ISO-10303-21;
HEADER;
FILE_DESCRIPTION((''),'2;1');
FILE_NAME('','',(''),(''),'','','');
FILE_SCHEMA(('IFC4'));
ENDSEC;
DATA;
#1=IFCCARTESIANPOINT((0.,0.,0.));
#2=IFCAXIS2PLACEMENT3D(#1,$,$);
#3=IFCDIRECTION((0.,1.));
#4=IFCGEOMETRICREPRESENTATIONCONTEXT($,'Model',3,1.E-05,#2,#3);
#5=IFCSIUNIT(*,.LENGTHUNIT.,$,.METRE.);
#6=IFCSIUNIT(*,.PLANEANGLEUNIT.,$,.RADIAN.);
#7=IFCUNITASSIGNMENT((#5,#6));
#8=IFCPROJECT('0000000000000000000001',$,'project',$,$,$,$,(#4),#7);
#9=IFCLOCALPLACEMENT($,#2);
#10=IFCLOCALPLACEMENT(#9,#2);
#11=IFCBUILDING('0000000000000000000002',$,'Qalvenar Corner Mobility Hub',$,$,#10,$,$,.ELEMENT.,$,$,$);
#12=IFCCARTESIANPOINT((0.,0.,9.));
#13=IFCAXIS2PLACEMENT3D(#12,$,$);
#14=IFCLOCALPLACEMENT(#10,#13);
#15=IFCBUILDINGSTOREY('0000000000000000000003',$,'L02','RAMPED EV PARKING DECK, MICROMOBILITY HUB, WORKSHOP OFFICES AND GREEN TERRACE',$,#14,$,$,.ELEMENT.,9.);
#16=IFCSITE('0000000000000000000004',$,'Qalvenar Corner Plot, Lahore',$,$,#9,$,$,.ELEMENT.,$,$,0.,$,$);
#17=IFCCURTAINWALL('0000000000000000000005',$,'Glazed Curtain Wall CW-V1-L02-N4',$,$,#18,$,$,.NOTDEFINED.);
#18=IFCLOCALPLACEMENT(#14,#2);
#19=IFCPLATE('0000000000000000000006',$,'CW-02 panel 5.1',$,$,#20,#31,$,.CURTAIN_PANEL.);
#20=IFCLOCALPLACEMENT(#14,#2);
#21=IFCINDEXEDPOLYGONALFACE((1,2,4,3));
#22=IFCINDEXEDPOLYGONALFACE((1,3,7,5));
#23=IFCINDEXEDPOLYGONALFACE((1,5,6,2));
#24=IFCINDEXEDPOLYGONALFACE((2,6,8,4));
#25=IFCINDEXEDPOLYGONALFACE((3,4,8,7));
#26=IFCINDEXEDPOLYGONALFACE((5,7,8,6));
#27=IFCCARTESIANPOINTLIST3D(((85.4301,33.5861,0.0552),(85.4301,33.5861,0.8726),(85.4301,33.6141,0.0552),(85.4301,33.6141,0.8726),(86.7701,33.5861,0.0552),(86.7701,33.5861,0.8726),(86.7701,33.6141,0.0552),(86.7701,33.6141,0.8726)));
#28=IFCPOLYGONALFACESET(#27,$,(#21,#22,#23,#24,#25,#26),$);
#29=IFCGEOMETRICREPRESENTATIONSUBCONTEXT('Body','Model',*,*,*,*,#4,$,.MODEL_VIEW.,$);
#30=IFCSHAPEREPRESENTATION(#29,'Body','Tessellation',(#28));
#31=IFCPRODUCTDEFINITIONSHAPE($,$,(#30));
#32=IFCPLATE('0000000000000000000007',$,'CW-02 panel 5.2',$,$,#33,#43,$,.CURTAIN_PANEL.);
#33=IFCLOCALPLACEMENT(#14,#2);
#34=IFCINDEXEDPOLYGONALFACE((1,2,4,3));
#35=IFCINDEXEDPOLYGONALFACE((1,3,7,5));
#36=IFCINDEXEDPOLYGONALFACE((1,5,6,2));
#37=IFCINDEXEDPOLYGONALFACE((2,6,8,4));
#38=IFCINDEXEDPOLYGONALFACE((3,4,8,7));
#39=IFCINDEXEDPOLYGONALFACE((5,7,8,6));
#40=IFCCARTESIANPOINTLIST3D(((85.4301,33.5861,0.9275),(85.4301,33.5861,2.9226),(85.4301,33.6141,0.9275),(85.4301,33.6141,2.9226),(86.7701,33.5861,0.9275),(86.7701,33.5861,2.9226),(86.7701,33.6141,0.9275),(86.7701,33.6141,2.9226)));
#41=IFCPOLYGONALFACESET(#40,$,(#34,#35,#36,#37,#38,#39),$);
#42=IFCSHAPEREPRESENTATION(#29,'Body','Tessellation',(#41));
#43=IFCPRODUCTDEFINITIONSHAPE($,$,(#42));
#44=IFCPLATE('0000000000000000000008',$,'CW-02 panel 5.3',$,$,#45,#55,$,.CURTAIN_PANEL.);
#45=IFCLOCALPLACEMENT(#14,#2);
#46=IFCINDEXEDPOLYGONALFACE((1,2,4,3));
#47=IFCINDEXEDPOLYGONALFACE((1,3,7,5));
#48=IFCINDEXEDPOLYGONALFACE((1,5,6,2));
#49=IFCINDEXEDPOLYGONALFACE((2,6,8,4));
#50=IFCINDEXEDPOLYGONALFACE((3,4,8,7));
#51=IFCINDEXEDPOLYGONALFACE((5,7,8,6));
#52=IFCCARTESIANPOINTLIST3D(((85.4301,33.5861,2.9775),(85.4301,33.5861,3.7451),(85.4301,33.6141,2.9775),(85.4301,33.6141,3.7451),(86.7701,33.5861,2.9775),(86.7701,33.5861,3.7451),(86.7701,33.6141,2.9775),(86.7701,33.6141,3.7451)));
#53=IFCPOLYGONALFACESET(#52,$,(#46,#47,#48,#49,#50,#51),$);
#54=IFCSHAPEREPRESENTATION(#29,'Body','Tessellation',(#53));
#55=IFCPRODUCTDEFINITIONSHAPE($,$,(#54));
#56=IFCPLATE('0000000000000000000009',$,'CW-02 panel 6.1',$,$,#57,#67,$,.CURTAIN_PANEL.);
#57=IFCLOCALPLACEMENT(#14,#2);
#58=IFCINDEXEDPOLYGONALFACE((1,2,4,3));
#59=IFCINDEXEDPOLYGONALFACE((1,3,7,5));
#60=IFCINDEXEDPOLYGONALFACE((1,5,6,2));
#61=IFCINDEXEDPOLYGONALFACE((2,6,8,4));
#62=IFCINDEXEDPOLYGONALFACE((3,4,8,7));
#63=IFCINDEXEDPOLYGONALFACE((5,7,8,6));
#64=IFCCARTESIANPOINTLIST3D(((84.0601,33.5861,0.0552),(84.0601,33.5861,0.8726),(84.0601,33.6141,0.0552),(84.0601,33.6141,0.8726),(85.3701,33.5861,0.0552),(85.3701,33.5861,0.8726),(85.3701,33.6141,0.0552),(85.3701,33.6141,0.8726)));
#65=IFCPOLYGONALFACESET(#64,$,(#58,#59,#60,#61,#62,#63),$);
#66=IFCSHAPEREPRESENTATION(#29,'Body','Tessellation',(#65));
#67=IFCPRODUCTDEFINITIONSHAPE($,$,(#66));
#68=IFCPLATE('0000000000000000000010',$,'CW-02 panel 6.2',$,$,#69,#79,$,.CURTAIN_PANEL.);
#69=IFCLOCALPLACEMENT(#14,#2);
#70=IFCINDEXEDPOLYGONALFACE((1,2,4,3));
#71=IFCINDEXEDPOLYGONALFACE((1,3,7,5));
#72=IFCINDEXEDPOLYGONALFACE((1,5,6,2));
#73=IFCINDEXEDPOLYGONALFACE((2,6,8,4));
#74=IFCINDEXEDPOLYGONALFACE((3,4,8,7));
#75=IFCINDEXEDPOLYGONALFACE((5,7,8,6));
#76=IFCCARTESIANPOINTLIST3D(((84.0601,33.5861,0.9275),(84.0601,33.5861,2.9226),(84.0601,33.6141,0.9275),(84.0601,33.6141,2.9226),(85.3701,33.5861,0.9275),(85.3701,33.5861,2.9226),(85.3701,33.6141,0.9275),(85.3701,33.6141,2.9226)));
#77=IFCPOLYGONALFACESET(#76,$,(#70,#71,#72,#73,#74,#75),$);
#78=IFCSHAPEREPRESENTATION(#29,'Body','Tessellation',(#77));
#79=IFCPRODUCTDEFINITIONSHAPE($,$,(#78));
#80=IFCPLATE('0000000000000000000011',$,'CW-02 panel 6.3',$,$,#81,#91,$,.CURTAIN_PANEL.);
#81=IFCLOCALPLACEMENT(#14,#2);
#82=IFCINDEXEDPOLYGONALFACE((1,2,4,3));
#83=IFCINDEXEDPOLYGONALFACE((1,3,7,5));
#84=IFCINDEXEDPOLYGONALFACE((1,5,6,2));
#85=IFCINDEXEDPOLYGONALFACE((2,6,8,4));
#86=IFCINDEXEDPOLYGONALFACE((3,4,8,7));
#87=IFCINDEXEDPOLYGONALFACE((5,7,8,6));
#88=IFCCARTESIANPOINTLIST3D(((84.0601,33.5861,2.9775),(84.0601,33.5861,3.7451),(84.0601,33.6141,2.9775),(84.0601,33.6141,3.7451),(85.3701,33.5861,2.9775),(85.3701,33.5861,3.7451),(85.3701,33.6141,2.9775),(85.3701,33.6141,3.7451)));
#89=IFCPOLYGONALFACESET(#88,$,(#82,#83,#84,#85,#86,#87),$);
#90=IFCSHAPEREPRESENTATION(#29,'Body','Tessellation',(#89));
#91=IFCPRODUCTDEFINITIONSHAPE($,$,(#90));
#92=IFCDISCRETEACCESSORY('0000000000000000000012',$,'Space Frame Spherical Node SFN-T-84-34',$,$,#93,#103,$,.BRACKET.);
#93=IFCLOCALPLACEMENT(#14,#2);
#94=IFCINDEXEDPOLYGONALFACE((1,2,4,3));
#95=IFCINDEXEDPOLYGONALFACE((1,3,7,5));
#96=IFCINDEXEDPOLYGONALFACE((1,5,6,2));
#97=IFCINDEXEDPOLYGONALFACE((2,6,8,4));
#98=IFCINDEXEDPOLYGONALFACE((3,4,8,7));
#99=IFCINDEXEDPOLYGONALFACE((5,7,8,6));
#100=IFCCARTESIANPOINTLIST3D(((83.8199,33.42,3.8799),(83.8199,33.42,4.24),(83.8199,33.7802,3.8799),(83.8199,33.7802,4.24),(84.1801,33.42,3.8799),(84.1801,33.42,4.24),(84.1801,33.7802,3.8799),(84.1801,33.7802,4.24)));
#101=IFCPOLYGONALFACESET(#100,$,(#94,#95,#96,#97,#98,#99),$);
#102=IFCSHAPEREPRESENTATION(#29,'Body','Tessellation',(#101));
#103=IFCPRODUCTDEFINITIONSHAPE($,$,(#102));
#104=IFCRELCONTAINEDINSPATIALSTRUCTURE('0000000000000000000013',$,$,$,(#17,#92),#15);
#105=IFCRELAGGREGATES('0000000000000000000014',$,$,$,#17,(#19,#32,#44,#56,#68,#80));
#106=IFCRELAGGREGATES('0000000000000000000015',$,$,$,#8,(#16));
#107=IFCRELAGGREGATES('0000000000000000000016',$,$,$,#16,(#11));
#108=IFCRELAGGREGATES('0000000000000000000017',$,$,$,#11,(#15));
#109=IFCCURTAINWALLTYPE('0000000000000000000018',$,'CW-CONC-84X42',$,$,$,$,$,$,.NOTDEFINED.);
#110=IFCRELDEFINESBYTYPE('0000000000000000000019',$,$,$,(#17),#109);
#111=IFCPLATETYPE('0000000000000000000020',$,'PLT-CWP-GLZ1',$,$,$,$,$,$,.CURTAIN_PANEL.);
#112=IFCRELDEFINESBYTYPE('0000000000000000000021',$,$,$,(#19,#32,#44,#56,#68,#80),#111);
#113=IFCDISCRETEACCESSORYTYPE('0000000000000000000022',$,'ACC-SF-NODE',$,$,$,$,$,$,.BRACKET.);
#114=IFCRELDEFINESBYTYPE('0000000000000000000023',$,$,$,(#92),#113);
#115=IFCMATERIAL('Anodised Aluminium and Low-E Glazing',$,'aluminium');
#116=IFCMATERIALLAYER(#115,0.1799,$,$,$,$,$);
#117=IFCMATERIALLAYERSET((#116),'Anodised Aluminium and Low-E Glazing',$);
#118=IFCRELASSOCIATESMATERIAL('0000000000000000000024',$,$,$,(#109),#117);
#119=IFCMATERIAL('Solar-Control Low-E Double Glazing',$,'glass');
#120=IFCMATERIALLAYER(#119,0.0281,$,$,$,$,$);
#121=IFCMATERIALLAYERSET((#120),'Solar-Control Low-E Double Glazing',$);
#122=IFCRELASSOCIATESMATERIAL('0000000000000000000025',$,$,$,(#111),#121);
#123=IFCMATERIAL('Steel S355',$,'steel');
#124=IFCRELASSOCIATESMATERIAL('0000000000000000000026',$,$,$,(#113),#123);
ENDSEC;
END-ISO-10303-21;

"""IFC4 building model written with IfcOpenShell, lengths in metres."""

from ifc_helpers import new_model, si_unit, direction, frame, origin, origin_2d, place, context, subcontext, project, spatial, rectangle, extrude, material, layer, layer_set, type_object, element, aggregate, save


model = new_model("IFC4")

# Units and contexts
model_context = context("Model", 3, precision=1e-05, world=origin(), true_north=direction((0.0, 1.0)))
body_context = subcontext(model_context, "Body", "Model", "MODEL_VIEW")
ifc_project = project(units=[si_unit("LENGTHUNIT", "METRE"), si_unit("PLANEANGLEUNIT", "RADIAN")], contexts=[model_context])

# Site, building, storey
site_placement = place(None, origin())
site = spatial("IfcSite", under=ifc_project, at=site_placement, Name="Qalvenar Corner Plot, Lahore", CompositionType="ELEMENT", RefElevation=0.0)
building_placement = place(site_placement, origin())
building = spatial("IfcBuilding", under=site, at=building_placement, Name="Qalvenar Corner Mobility Hub", CompositionType="ELEMENT")
storey_placement = place(building_placement, frame((0.0, 0.0, 9.0)))
storey = spatial("IfcBuildingStorey", under=building, at=storey_placement, Name="L02", Description="RAMPED EV PARKING DECK, MICROMOBILITY HUB, WORKSHOP OFFICES AND GREEN TERRACE", CompositionType="ELEMENT", Elevation=9.0)

# Shared definitions
ifc_material_1 = material(Name="Steel S355", Category="steel")

# Curtain wall
ifc_material_2 = material(Name="Anodised Aluminium and Low-E Glazing", Category="aluminium")
ifc_layer_1 = layer(ifc_material_2, 0.1799)
ifc_layer_set_1 = layer_set([ifc_layer_1], Name="Anodised Aluminium and Low-E Glazing")
curtain_wall_type = type_object("IfcCurtainWallType", Name="CW-CONC-84X42", PredefinedType="NOTDEFINED", material=ifc_layer_set_1)
curtain_wall_1_placement = place(storey_placement, origin())
curtain_wall_1 = element("IfcCurtainWall", 1, at=curtain_wall_1_placement, inside=storey, type_object=curtain_wall_type, Name="Glazed Curtain Wall CW-V1-L02-N4", PredefinedType="NOTDEFINED")

# Plates
ifc_material_3 = material(Name="Solar-Control Low-E Double Glazing", Category="glass")
ifc_layer_2 = layer(ifc_material_3, 0.0281)
ifc_layer_set_2 = layer_set([ifc_layer_2], Name="Solar-Control Low-E Double Glazing")
plate_type_1 = type_object("IfcPlateType", Name="PLT-CWP-GLZ1", PredefinedType="CURTAIN_PANEL", material=ifc_layer_set_2)
plate_1_placement = place(storey_placement, frame((86.1001, 33.6001, 0.0552), z_axis=(0.0, 0.0, 1.0), x_axis=(-1.0, 0.0, 0.0)))
plate_1 = element("IfcPlate", 2, at=plate_1_placement, type_object=plate_type_1, Name="CW-02 panel 5.1", PredefinedType="CURTAIN_PANEL", context=body_context, shape_type="SweptSolid", body=[
    extrude(rectangle(XDim=1.3401, YDim=0.0281, at=origin_2d()), origin(), (0.0, 0.0, 1.0), 0.8174),
])
plate_2_placement = place(storey_placement, frame((86.1001, 33.6001, 0.9275), z_axis=(0.0, 0.0, 1.0), x_axis=(-1.0, 0.0, 0.0)))
plate_2 = element("IfcPlate", 3, at=plate_2_placement, type_object=plate_type_1, Name="CW-02 panel 5.2", PredefinedType="CURTAIN_PANEL", context=body_context, shape_type="SweptSolid", body=[
    extrude(rectangle(XDim=1.3401, YDim=0.0281, at=origin_2d()), origin(), (0.0, 0.0, 1.0), 1.9951),
])
plate_3_placement = place(storey_placement, frame((86.1001, 33.6001, 2.9775), z_axis=(0.0, 0.0, 1.0), x_axis=(-1.0, 0.0, 0.0)))
plate_3 = element("IfcPlate", 4, at=plate_3_placement, type_object=plate_type_1, Name="CW-02 panel 5.3", PredefinedType="CURTAIN_PANEL", context=body_context, shape_type="SweptSolid", body=[
    extrude(rectangle(XDim=1.3401, YDim=0.0281, at=origin_2d()), origin(), (0.0, 0.0, 1.0), 0.7676),
])
plate_4_placement = place(storey_placement, frame((84.7151, 33.6001, 0.0552), z_axis=(0.0, 0.0, 1.0), x_axis=(-1.0, 0.0, 0.0)))
plate_4 = element("IfcPlate", 5, at=plate_4_placement, type_object=plate_type_1, Name="CW-02 panel 6.1", PredefinedType="CURTAIN_PANEL", context=body_context, shape_type="SweptSolid", body=[
    extrude(rectangle(XDim=1.3101, YDim=0.0281, at=origin_2d()), origin(), (0.0, 0.0, 1.0), 0.8174),
])
plate_5_placement = place(storey_placement, frame((84.7151, 33.6001, 0.9275), z_axis=(0.0, 0.0, 1.0), x_axis=(-1.0, 0.0, 0.0)))
plate_5 = element("IfcPlate", 6, at=plate_5_placement, type_object=plate_type_1, Name="CW-02 panel 6.2", PredefinedType="CURTAIN_PANEL", context=body_context, shape_type="SweptSolid", body=[
    extrude(rectangle(XDim=1.3101, YDim=0.0281, at=origin_2d()), origin(), (0.0, 0.0, 1.0), 1.9951),
])
plate_6_placement = place(storey_placement, frame((84.7151, 33.6001, 2.9775), z_axis=(0.0, 0.0, 1.0), x_axis=(-1.0, 0.0, 0.0)))
plate_6 = element("IfcPlate", 7, at=plate_6_placement, type_object=plate_type_1, Name="CW-02 panel 6.3", PredefinedType="CURTAIN_PANEL", context=body_context, shape_type="SweptSolid", body=[
    extrude(rectangle(XDim=1.3101, YDim=0.0281, at=origin_2d()), origin(), (0.0, 0.0, 1.0), 0.7676),
])
aggregate(curtain_wall_1, [plate_1, plate_2, plate_3, plate_4, plate_5, plate_6])

# Discrete accessory
discrete_accessory_type = type_object("IfcDiscreteAccessoryType", Name="ACC-SF-NODE", PredefinedType="BRACKET", material=ifc_material_1)
discrete_accessory_placement = place(storey_placement, frame((84.0, 33.6001, 3.8799), z_axis=(0.0, 0.0, 1.0), x_axis=(1.0, 0.0, 0.0)))
element("IfcDiscreteAccessory", 8, at=discrete_accessory_placement, inside=storey, type_object=discrete_accessory_type, Name="Space Frame Spherical Node SFN-T-84-34", PredefinedType="BRACKET", context=body_context, shape_type="SweptSolid", body=[
    extrude(rectangle(XDim=0.3601, YDim=0.3601, at=origin_2d()), origin(), (0.0, 0.0, 1.0), 0.3601),
])

save(model, "model.ifc")
